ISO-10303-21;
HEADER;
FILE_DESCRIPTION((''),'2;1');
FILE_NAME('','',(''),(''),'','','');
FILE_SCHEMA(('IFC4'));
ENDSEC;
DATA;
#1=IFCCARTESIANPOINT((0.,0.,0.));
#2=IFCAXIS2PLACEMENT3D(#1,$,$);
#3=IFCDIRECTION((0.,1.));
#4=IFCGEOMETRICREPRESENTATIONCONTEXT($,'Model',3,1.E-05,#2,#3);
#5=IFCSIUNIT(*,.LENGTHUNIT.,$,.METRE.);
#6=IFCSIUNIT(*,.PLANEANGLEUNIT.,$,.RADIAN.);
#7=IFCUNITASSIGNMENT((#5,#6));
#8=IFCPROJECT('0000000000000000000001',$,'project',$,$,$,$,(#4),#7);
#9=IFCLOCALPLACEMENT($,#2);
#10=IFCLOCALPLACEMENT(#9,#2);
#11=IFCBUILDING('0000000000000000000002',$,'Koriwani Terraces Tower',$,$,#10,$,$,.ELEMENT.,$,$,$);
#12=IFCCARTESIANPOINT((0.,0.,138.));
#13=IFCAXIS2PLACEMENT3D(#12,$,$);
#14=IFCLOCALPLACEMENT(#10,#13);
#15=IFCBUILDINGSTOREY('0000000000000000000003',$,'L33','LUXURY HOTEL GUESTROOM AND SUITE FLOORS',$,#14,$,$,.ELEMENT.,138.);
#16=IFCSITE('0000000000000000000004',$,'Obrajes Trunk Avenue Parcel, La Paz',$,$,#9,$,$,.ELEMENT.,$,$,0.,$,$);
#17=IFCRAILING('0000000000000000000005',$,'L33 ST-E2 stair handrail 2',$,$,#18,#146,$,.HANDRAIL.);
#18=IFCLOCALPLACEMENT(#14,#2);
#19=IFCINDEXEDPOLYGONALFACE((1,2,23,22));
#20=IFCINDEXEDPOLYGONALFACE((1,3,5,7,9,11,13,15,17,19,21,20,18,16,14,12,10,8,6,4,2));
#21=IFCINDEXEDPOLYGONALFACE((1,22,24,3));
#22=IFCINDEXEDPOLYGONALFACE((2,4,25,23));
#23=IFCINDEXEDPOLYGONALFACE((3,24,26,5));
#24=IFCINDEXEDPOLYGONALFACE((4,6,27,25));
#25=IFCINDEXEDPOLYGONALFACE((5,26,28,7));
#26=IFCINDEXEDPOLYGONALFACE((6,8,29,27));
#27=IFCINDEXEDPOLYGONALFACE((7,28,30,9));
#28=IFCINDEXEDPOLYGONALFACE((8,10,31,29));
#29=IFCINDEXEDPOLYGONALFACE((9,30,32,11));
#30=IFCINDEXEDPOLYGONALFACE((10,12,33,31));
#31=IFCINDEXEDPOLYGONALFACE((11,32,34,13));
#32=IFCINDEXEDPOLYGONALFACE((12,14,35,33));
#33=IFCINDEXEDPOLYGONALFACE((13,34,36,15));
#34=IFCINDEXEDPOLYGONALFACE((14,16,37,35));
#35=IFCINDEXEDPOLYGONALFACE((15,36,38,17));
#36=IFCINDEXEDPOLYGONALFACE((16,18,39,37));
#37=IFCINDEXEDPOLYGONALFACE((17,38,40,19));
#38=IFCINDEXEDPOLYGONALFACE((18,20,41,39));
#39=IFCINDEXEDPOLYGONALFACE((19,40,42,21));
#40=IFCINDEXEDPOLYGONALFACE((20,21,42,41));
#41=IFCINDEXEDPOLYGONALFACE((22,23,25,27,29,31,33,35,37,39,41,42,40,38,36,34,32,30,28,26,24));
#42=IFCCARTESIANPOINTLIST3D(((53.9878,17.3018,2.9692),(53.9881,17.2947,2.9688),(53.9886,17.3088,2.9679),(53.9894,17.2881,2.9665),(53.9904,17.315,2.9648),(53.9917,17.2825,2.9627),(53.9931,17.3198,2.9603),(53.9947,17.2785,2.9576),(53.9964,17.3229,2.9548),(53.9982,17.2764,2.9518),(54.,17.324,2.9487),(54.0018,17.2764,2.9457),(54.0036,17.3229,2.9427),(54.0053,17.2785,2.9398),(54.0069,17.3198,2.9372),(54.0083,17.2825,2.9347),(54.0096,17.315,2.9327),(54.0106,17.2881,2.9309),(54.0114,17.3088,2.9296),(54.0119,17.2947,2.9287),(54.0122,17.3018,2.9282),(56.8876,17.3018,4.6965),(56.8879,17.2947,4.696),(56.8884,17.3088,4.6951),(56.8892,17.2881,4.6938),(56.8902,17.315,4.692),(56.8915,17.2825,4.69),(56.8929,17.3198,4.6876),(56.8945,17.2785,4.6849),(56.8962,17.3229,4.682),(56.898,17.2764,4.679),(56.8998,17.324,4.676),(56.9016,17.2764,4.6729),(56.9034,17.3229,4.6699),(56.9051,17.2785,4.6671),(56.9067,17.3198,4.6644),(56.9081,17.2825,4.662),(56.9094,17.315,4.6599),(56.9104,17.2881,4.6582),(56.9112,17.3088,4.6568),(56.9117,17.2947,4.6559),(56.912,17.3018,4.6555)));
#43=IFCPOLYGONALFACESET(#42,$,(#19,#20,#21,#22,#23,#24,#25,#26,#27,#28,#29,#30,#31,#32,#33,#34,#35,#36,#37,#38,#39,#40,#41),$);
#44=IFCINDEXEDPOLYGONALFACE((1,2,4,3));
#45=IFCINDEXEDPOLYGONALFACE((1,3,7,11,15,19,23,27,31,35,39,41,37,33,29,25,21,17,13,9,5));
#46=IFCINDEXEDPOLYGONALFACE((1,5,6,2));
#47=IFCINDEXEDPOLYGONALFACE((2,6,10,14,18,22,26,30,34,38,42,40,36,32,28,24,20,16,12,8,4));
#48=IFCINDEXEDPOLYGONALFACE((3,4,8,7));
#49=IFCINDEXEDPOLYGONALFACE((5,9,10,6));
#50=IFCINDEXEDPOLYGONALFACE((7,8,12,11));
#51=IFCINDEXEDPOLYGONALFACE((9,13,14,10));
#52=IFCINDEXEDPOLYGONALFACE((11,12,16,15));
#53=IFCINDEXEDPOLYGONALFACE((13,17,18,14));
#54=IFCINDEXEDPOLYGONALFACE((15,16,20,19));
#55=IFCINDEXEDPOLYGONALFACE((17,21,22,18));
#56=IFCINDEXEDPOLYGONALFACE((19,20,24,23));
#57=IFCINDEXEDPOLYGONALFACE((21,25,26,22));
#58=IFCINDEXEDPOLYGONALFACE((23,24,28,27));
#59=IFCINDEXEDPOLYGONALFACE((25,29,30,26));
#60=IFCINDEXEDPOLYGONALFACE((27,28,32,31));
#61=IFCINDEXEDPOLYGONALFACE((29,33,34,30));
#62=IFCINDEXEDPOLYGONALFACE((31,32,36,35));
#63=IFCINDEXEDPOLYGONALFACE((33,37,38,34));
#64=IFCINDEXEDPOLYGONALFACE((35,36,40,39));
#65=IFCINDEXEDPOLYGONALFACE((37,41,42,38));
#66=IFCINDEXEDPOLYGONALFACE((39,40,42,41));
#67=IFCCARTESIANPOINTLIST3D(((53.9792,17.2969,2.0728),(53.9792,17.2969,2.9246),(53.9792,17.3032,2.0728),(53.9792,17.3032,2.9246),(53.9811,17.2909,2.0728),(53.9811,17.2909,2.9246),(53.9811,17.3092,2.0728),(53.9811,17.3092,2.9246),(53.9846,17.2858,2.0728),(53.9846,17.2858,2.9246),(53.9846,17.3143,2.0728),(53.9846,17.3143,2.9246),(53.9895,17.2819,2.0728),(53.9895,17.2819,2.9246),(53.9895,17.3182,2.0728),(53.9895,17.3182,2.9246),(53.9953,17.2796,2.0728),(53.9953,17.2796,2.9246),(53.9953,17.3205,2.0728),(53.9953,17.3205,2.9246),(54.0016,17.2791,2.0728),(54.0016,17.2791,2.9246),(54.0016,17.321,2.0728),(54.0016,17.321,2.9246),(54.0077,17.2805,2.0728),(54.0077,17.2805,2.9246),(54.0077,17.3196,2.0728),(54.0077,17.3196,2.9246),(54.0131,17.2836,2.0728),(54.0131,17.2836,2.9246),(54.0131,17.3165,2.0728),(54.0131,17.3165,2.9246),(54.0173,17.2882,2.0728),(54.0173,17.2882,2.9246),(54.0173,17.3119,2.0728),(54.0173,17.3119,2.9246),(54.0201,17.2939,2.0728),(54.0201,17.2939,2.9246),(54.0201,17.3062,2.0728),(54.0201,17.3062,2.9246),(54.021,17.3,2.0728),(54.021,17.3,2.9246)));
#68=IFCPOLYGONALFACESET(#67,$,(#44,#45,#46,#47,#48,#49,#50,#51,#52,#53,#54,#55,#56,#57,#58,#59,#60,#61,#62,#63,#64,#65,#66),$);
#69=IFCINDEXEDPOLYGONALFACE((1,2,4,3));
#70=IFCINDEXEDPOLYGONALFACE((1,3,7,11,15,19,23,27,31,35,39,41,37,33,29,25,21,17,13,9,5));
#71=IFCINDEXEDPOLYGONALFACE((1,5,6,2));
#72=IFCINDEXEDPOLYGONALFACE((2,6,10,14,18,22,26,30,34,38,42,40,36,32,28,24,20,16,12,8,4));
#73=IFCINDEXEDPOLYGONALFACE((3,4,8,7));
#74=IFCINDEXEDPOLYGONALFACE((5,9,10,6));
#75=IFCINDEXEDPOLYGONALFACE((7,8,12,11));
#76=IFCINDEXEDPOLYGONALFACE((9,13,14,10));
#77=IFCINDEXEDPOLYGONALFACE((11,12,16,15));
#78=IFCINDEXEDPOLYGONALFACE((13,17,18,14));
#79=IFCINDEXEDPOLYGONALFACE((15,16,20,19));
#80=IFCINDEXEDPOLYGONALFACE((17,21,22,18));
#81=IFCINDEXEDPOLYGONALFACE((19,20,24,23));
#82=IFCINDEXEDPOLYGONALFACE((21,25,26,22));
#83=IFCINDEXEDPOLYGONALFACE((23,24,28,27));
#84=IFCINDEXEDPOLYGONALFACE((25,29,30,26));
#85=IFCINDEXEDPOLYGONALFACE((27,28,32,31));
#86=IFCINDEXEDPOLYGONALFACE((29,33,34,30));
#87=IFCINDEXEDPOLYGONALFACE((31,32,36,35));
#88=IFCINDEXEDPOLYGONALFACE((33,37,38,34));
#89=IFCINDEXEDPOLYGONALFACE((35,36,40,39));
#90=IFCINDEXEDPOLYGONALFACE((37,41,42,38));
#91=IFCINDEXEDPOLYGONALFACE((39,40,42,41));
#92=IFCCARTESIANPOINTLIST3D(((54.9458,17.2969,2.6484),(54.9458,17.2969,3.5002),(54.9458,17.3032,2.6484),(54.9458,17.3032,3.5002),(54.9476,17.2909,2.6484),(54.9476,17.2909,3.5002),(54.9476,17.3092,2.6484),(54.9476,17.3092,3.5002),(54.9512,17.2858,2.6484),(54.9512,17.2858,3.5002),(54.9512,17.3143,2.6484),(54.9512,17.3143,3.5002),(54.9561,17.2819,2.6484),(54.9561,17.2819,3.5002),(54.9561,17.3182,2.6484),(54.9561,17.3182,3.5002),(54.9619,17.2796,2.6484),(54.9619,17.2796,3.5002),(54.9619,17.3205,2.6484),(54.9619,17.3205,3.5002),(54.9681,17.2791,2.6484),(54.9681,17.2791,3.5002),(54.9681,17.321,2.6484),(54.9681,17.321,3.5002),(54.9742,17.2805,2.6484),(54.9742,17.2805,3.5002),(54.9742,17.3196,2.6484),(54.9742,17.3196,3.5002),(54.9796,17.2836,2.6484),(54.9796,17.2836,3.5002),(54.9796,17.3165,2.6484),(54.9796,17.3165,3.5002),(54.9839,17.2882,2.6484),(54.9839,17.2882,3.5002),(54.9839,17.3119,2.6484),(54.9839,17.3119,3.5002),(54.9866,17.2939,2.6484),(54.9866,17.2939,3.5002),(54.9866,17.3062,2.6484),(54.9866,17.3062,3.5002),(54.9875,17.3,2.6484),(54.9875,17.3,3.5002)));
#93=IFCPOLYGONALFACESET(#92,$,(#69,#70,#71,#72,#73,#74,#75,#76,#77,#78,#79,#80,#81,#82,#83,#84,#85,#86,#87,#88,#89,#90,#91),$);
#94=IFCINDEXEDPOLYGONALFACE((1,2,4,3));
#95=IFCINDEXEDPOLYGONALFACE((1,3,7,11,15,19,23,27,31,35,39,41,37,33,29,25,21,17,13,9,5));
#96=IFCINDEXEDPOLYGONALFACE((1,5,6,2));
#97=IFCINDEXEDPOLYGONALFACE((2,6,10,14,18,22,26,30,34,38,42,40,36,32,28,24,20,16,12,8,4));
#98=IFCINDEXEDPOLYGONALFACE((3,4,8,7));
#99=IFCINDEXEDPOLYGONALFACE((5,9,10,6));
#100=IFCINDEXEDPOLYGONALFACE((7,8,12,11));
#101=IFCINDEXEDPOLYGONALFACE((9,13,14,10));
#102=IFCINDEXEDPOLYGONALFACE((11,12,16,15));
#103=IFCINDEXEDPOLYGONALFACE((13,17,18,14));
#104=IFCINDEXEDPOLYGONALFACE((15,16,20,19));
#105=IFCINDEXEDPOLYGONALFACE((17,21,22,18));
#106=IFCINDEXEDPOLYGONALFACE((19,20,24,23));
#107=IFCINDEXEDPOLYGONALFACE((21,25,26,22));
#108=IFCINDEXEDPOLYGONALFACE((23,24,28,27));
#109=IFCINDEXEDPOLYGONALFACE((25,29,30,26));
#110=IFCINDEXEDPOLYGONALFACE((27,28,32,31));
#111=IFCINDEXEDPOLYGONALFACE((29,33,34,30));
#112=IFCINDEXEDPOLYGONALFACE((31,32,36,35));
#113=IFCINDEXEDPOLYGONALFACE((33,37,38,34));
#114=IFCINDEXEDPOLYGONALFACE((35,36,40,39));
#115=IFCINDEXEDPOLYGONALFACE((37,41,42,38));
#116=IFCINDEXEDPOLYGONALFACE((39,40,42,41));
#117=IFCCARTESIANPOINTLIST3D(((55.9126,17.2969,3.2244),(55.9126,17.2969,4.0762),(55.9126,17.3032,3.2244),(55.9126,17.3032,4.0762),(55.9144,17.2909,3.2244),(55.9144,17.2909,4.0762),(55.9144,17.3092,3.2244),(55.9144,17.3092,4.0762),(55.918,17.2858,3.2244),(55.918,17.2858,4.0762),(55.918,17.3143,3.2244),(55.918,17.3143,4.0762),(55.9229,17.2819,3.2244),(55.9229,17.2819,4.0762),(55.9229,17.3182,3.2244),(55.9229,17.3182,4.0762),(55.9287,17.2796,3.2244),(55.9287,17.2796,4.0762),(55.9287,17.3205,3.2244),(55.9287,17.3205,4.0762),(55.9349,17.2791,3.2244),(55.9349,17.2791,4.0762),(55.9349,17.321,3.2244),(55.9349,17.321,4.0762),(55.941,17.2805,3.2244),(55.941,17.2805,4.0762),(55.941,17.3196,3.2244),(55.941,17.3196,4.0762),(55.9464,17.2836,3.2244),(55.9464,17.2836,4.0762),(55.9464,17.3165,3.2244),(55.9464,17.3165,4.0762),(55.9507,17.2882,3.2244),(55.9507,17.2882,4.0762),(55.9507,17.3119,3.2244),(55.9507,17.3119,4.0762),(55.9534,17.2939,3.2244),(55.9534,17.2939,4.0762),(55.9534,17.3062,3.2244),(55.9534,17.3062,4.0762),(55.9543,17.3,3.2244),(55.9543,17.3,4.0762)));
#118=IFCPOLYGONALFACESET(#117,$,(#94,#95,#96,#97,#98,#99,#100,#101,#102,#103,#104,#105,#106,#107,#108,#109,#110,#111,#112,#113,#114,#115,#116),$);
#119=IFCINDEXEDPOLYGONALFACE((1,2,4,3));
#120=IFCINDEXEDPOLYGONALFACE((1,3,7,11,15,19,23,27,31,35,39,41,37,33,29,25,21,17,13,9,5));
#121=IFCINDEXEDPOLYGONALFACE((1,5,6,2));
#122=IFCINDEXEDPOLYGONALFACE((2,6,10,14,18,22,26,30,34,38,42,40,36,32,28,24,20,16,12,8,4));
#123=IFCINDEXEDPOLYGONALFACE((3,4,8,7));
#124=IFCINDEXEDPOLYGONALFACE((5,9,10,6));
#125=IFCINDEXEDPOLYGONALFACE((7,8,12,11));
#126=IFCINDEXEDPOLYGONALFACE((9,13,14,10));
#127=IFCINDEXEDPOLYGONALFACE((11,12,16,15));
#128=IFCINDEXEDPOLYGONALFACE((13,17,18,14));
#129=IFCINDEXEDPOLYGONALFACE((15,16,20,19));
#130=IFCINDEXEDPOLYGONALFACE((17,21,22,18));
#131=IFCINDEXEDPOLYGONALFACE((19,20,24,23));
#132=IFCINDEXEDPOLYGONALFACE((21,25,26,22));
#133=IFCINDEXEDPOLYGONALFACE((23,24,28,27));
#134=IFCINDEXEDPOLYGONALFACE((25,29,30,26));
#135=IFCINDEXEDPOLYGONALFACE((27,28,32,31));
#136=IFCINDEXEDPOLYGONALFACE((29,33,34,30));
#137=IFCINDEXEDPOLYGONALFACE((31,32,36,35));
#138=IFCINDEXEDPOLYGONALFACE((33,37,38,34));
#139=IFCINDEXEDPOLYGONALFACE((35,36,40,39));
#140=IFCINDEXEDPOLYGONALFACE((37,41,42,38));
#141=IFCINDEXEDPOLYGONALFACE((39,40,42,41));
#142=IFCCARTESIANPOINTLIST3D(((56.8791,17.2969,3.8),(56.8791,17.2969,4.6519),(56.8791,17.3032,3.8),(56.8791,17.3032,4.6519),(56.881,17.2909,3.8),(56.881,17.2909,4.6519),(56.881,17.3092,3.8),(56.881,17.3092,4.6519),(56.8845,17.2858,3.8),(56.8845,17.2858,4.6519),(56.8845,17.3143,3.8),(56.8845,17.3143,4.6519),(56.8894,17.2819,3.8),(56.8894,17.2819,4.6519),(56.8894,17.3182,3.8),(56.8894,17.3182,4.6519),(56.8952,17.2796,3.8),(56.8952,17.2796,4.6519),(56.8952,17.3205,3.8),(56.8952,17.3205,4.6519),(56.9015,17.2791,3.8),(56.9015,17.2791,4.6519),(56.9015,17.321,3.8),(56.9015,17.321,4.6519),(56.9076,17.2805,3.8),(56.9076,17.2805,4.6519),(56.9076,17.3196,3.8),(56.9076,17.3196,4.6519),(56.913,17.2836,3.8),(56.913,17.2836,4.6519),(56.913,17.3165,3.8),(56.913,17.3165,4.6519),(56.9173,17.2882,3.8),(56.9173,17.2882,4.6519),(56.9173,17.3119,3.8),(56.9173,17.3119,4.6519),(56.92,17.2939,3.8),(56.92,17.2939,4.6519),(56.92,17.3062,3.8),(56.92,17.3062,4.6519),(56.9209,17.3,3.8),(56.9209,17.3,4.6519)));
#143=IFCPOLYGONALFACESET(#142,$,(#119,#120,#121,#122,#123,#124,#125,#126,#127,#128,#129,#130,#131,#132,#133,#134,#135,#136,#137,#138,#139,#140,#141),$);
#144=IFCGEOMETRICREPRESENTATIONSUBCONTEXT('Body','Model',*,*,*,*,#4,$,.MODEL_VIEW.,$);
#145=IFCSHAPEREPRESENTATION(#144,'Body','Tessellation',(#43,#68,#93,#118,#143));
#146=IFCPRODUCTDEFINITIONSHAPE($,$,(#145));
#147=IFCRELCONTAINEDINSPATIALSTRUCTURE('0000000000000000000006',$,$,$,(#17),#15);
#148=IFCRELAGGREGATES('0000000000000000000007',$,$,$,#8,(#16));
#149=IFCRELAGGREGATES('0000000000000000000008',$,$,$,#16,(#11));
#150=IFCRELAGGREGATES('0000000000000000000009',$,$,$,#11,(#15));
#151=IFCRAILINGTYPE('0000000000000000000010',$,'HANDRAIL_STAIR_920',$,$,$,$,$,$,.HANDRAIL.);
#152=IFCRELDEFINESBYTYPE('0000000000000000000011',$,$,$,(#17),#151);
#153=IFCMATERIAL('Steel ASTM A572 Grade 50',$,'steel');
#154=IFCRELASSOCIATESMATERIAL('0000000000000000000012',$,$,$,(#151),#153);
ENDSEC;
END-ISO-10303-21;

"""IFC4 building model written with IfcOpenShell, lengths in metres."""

from ifc_helpers import new_model, si_unit, direction, frame, origin, origin_2d, place, context, subcontext, project, spatial, circle, extrude, material, type_object, element, save


model = new_model("IFC4")

# Units and contexts
model_context = context("Model", 3, precision=1e-05, world=origin(), true_north=direction((0.0, 1.0)))
body_context = subcontext(model_context, "Body", "Model", "MODEL_VIEW")
ifc_project = project(units=[si_unit("LENGTHUNIT", "METRE"), si_unit("PLANEANGLEUNIT", "RADIAN")], contexts=[model_context])

# Site, building, storey
site_placement = place(None, origin())
site = spatial("IfcSite", under=ifc_project, at=site_placement, Name="Obrajes Trunk Avenue Parcel, La Paz", CompositionType="ELEMENT", RefElevation=0.0)
building_placement = place(site_placement, origin())
building = spatial("IfcBuilding", under=site, at=building_placement, Name="Koriwani Terraces Tower", CompositionType="ELEMENT")
storey_placement = place(building_placement, frame((0.0, 0.0, 138.0)))
storey = spatial("IfcBuildingStorey", under=building, at=storey_placement, Name="L33", Description="LUXURY HOTEL GUESTROOM AND SUITE FLOORS", CompositionType="ELEMENT", Elevation=138.0)

# Shared definitions
ifc_material_1 = material(Name="Steel ASTM A572 Grade 50", Category="steel")

# Railing
railing_type_1 = type_object("IfcRailingType", Name="HANDRAIL_STAIR_920", PredefinedType="HANDRAIL", material=ifc_material_1)
for number, where, name in (
    (1, (54.0, 17.3, 2.0728), "L33 ST-E2 stair handrail 2"),
):
    element("IfcRailing", number, at=place(storey_placement, frame(where)), inside=storey, type_object=railing_type_1, Name=name, PredefinedType="HANDRAIL", context=body_context, shape_type="SweptSolid", body=[
        extrude(circle(Radius=0.0239, at=origin_2d()), frame((0.0, 0.0, 0.876), z_axis=(0.859141, 0.0, 0.511738), x_axis=(0.0, 1.0, 0.0)), (0.0, 0.0, 1.0), 3.3752),
        extrude(circle(Radius=0.021, at=origin_2d()), origin(), (0.0, 0.0, 1.0), 0.8518),
        extrude(circle(Radius=0.021, at=origin_2d()), frame((0.9666, 0.0, 0.5757)), (0.0, 0.0, 1.0), 0.8518),
        extrude(circle(Radius=0.021, at=origin_2d()), frame((1.9333, 0.0, 1.1516)), (0.0, 0.0, 1.0), 0.8518),
        extrude(circle(Radius=0.021, at=origin_2d()), frame((2.8999, 0.0, 1.7273)), (0.0, 0.0, 1.0), 0.8518),
    ])

save(model, "model.ifc")
